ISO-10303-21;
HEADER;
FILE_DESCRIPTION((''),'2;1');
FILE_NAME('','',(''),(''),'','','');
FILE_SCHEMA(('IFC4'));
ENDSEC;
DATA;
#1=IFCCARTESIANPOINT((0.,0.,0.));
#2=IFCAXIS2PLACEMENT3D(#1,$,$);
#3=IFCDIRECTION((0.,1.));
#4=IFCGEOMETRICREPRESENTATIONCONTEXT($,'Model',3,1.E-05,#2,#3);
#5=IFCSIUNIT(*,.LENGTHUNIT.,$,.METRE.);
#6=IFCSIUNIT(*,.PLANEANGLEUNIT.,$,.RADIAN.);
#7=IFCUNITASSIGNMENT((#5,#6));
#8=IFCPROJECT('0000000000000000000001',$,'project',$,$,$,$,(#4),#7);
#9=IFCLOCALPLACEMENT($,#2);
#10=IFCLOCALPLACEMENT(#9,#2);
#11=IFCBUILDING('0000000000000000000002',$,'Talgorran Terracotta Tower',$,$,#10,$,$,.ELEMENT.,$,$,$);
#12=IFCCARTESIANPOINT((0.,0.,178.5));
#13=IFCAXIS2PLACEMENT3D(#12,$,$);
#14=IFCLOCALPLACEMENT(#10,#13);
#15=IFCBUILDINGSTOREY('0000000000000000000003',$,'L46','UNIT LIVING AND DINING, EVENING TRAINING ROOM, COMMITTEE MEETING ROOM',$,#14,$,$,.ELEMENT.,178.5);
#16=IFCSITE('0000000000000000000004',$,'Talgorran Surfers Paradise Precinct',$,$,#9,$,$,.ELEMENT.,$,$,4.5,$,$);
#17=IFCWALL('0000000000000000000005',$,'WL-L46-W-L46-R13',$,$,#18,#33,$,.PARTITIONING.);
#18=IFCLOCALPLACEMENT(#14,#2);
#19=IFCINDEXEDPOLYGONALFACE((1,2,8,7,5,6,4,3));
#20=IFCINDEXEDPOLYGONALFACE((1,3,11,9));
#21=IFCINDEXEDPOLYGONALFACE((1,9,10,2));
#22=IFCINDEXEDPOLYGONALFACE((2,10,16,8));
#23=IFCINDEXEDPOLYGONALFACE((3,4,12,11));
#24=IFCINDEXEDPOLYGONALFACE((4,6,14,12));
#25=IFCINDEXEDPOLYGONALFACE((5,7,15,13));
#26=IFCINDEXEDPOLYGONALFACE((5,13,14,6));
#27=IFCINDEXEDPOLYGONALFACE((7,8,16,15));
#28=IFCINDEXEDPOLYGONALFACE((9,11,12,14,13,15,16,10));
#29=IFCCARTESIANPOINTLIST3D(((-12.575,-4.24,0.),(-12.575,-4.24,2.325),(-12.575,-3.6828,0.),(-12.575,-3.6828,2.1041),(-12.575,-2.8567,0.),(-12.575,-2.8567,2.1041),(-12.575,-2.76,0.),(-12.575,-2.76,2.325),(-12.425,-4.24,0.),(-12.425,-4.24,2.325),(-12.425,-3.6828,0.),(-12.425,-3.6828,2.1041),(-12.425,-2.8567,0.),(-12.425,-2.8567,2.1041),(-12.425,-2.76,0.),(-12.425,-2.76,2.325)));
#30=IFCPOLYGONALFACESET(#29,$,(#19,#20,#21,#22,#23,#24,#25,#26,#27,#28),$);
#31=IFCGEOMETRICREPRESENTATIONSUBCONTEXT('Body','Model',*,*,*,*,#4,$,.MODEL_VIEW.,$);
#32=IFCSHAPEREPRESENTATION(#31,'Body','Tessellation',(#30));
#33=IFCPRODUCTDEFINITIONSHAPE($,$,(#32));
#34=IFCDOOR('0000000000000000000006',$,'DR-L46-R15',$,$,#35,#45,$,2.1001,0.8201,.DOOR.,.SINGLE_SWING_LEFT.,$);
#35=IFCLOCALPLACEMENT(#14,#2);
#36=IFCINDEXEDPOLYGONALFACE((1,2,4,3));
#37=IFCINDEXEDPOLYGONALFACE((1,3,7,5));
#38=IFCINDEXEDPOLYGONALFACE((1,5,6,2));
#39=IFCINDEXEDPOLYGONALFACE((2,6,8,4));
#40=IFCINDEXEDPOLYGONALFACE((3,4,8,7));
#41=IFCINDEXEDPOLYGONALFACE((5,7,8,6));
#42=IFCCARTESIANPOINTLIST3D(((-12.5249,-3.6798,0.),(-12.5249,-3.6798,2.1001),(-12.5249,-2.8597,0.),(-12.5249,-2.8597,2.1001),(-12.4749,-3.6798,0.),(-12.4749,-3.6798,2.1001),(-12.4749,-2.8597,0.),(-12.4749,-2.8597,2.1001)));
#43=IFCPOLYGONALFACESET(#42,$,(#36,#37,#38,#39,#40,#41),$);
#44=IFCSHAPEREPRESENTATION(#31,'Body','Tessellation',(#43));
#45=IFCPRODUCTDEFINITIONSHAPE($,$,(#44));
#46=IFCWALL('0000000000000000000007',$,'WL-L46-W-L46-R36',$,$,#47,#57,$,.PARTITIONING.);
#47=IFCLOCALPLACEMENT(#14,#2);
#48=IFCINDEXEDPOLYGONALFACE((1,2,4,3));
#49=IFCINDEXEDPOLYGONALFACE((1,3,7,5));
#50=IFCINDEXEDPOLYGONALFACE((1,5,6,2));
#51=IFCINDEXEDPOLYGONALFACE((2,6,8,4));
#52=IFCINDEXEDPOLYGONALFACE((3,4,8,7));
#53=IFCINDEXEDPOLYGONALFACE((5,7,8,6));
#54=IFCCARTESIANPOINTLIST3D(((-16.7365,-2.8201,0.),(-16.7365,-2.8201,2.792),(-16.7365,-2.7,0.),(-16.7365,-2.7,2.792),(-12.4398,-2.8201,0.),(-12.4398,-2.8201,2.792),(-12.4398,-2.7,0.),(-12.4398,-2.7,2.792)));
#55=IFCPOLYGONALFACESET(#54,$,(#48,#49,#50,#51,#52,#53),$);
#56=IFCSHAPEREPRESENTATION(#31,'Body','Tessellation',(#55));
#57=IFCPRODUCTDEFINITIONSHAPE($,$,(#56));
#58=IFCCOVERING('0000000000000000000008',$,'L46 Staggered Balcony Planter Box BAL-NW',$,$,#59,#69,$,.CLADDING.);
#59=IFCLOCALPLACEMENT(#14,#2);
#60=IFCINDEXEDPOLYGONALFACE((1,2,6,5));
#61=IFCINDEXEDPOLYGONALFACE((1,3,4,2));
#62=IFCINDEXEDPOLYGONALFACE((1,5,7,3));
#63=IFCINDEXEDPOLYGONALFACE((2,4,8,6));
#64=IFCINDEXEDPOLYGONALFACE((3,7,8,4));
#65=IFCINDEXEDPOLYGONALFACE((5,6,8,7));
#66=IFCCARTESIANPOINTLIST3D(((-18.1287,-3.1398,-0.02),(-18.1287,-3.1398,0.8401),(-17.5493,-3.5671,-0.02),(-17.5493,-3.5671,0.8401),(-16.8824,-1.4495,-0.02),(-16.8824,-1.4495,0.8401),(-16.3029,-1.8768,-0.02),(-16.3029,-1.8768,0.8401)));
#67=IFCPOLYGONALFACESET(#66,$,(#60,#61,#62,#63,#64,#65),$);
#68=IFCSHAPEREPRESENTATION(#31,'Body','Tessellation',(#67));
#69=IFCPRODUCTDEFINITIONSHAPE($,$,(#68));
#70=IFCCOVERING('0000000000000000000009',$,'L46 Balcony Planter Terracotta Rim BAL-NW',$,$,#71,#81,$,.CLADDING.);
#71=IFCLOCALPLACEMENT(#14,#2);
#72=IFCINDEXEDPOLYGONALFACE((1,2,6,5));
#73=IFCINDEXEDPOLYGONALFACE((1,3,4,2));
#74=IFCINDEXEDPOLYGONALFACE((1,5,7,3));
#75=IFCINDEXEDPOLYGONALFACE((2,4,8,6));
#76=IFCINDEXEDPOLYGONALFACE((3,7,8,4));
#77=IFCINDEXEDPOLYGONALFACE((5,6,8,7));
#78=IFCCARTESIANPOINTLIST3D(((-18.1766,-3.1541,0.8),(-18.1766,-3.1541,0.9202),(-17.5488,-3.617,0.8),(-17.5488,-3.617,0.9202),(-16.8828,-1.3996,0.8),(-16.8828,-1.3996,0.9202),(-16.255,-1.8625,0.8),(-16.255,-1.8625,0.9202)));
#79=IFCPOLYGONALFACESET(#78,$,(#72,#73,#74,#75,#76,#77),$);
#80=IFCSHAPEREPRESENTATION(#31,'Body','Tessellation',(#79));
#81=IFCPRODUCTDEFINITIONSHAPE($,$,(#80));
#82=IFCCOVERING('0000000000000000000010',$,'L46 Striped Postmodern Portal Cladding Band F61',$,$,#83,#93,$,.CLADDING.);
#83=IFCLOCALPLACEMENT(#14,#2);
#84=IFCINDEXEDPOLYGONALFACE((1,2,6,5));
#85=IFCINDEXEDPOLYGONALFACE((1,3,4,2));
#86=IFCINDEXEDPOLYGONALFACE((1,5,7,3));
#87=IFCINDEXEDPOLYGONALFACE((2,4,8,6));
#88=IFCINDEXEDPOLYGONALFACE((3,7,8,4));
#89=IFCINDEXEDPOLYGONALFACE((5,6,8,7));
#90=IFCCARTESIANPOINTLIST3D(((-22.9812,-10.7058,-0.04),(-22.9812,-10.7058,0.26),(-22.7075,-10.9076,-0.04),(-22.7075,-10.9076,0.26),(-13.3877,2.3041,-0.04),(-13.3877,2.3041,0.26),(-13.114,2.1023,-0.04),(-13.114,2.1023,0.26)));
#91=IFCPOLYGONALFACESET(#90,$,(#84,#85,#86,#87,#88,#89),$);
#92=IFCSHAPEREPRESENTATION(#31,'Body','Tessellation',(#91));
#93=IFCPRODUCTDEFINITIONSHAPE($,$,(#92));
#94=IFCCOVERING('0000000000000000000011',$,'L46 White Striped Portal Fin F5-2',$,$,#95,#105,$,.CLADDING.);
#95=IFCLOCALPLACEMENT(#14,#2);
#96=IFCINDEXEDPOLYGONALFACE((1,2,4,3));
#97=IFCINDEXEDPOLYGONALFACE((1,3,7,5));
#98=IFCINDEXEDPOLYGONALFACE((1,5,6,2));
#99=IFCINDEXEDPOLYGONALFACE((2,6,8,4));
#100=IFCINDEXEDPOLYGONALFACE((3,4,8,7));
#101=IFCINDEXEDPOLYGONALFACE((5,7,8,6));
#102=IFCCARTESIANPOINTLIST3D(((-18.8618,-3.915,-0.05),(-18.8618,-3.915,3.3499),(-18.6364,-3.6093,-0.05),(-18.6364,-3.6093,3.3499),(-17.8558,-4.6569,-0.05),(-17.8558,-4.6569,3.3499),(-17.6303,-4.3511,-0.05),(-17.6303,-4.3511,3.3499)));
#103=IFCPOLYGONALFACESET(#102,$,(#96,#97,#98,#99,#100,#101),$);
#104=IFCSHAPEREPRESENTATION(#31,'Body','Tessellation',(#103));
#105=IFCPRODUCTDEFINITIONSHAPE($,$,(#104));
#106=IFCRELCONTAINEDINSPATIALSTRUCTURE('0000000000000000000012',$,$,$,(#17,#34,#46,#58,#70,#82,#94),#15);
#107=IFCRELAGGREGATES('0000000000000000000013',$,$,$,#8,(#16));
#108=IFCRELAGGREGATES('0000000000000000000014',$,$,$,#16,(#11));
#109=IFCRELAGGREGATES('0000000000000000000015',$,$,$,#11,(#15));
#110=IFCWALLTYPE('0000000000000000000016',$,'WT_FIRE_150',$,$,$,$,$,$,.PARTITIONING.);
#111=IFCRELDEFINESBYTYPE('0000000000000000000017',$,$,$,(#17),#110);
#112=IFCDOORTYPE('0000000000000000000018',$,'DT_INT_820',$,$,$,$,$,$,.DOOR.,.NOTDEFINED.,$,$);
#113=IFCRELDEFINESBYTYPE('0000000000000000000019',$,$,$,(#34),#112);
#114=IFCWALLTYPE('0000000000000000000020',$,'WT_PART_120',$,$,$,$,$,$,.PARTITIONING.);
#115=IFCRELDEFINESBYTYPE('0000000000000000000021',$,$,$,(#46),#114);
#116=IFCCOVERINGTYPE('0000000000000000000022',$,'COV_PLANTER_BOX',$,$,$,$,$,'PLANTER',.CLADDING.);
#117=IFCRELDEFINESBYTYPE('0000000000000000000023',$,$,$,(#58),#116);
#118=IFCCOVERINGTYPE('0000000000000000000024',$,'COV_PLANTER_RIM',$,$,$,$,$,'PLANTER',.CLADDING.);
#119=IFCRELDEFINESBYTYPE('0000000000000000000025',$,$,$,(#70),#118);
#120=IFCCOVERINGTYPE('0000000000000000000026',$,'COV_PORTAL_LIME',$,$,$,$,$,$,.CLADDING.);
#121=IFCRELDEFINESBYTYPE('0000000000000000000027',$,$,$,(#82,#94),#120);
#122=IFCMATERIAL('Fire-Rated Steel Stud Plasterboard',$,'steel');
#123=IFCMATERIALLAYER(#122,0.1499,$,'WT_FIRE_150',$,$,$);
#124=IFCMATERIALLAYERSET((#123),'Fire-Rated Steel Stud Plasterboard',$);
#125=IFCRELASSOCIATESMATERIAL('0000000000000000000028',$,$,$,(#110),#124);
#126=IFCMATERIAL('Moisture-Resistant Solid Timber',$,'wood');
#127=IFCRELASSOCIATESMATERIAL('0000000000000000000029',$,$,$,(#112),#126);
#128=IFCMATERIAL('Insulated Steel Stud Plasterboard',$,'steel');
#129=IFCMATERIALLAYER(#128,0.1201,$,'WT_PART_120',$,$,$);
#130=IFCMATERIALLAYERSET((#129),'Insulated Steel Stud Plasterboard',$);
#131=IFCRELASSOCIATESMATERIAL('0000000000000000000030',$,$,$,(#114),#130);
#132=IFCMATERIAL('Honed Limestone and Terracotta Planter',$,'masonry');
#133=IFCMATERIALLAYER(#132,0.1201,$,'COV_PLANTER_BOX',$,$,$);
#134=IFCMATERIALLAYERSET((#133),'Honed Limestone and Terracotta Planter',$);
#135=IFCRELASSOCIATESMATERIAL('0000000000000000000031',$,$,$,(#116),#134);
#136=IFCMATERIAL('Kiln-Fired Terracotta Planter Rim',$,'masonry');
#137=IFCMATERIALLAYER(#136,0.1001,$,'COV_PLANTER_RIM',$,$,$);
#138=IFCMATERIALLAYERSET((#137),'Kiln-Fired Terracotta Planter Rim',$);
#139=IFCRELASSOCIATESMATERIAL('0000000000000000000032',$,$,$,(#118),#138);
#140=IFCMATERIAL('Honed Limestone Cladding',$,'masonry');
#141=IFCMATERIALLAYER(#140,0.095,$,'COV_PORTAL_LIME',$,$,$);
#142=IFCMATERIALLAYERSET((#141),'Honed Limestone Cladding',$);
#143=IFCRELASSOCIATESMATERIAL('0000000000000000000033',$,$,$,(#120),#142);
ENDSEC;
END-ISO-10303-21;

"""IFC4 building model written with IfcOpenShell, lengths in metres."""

from ifc_helpers import new_model, si_unit, direction, frame, frame_2d, origin, origin_2d, place, context, subcontext, project, spatial, rectangle, extrude, material, layer, layer_set, type_object, element, fill, save


model = new_model("IFC4")

# Units and contexts
model_context = context("Model", 3, precision=1e-05, world=origin(), true_north=direction((0.0, 1.0)))
body_context = subcontext(model_context, "Body", "Model", "MODEL_VIEW")
ifc_project = project(units=[si_unit("LENGTHUNIT", "METRE"), si_unit("PLANEANGLEUNIT", "RADIAN")], contexts=[model_context])

# Site, building, storey
site_placement = place(None, origin())
site = spatial("IfcSite", under=ifc_project, at=site_placement, Name="Talgorran Surfers Paradise Precinct", CompositionType="ELEMENT", RefElevation=4.5)
building_placement = place(site_placement, origin())
building = spatial("IfcBuilding", under=site, at=building_placement, Name="Talgorran Terracotta Tower", CompositionType="ELEMENT")
storey_placement = place(building_placement, frame((0.0, 0.0, 178.5)))
storey = spatial("IfcBuildingStorey", under=building, at=storey_placement, Name="L46", Description="UNIT LIVING AND DINING, EVENING TRAINING ROOM, COMMITTEE MEETING ROOM", CompositionType="ELEMENT", Elevation=178.5)

# Wall, opening, door
ifc_material_1 = material(Name="Fire-Rated Steel Stud Plasterboard", Category="steel")
ifc_layer_1 = layer(ifc_material_1, 0.1499, Name="WT_FIRE_150")
ifc_layer_set_1 = layer_set([ifc_layer_1], Name="Fire-Rated Steel Stud Plasterboard")
wall_type_1 = type_object("IfcWallType", Name="WT_FIRE_150", PredefinedType="PARTITIONING", material=ifc_layer_set_1)
wall_1_placement = place(storey_placement, frame((-12.5, -4.24, 0.0), z_axis=(0.0, 0.0, 1.0), x_axis=(0.0, 1.0, 0.0)))
wall_1 = element("IfcWall", 1, at=wall_1_placement, inside=storey, type_object=wall_type_1, Name="WL-L46-W-L46-R13", PredefinedType="PARTITIONING", context=body_context, shape_type="SweptSolid", body=[
    extrude(rectangle(XDim=1.48, YDim=0.1499, at=frame_2d((0.74, 0.0))), origin(), (0.0, 0.0, 1.0), 2.325),
])
opening_1_placement = place(wall_1_placement, frame((0.5601, 0.0, 0.0)))
opening_1 = element("IfcOpeningElement", 2, at=opening_1_placement, cuts=wall_1, PredefinedType="OPENING", context=body_context, shape_type="SweptSolid", body=[
    extrude(rectangle(XDim=0.8261, YDim=2.1041, at=frame_2d((0.4102, 1.052))), frame((0.0, 0.085, 0.0), z_axis=(0.0, -1.0, 0.0), x_axis=(1.0, 0.0, 0.0)), (0.0, 0.0, 1.0), 0.1699),
])
ifc_material_2 = material(Name="Moisture-Resistant Solid Timber", Category="wood")
door_type_1 = type_object("IfcDoorType", Name="DT_INT_820", OperationType="NOTDEFINED", PredefinedType="DOOR", material=ifc_material_2)
door_1_placement = place(opening_1_placement, origin())
door_1 = element("IfcDoor", 3, at=door_1_placement, inside=storey, type_object=door_type_1, Name="DR-L46-R15", OperationType="SINGLE_SWING_LEFT", OverallHeight=2.1001, OverallWidth=0.8201, PredefinedType="DOOR", context=body_context, shape_type="SweptSolid", body=[
    extrude(rectangle(XDim=0.8201, YDim=2.1001, at=frame_2d((0.4102, 1.05))), frame((0.0, 0.0249, 0.0), z_axis=(0.0, -1.0, 0.0), x_axis=(1.0, 0.0, 0.0)), (0.0, 0.0, 1.0), 0.05),
])
fill(opening_1, door_1)

# Wall
ifc_material_3 = material(Name="Insulated Steel Stud Plasterboard", Category="steel")
ifc_layer_2 = layer(ifc_material_3, 0.1201, Name="WT_PART_120")
ifc_layer_set_2 = layer_set([ifc_layer_2], Name="Insulated Steel Stud Plasterboard")
wall_type_2 = type_object("IfcWallType", Name="WT_PART_120", PredefinedType="PARTITIONING", material=ifc_layer_set_2)
wall_2_placement = place(storey_placement, frame((-16.7366, -2.76, 0.0), z_axis=(0.0, 0.0, 1.0), x_axis=(1.0, 0.0, 0.0)))
element("IfcWall", 4, at=wall_2_placement, inside=storey, type_object=wall_type_2, Name="WL-L46-W-L46-R36", PredefinedType="PARTITIONING", context=body_context, shape_type="SweptSolid", body=[
    extrude(rectangle(XDim=4.2966, YDim=0.1201, at=frame_2d((2.1484, 0.0))), origin(), (0.0, 0.0, 1.0), 2.792),
])

# Coverings
ifc_material_4 = material(Name="Honed Limestone and Terracotta Planter", Category="masonry")
ifc_layer_3 = layer(ifc_material_4, 0.1201, Name="COV_PLANTER_BOX")
ifc_layer_set_3 = layer_set([ifc_layer_3], Name="Honed Limestone and Terracotta Planter")
covering_type_1 = type_object("IfcCoveringType", Name="COV_PLANTER_BOX", ElementType="PLANTER", PredefinedType="CLADDING", material=ifc_layer_set_3)
covering_1_placement = place(storey_placement, frame((-17.2158, -2.5083, -0.02), z_axis=(0.0, 0.0, 1.0), x_axis=(-0.593489, -0.804842, 0.0)))
element("IfcCovering", 5, at=covering_1_placement, inside=storey, type_object=covering_type_1, Name="L46 Staggered Balcony Planter Box BAL-NW", PredefinedType="CLADDING", context=body_context, shape_type="SweptSolid", body=[
    extrude(rectangle(XDim=2.1001, YDim=0.72, at=origin_2d()), origin(), (0.0, 0.0, 1.0), 0.8601),
])
ifc_material_5 = material(Name="Kiln-Fired Terracotta Planter Rim", Category="masonry")
ifc_layer_4 = layer(ifc_material_5, 0.1001, Name="COV_PLANTER_RIM")
ifc_layer_set_4 = layer_set([ifc_layer_4], Name="Kiln-Fired Terracotta Planter Rim")
covering_type_2 = type_object("IfcCoveringType", Name="COV_PLANTER_RIM", ElementType="PLANTER", PredefinedType="CLADDING", material=ifc_layer_set_4)
covering_2_placement = place(storey_placement, frame((-17.2158, -2.5083, 0.8), z_axis=(0.0, 0.0, 1.0), x_axis=(-0.593489, -0.804842, 0.0)))
element("IfcCovering", 6, at=covering_2_placement, inside=storey, type_object=covering_type_2, Name="L46 Balcony Planter Terracotta Rim BAL-NW", PredefinedType="CLADDING", context=body_context, shape_type="SweptSolid", body=[
    extrude(rectangle(XDim=2.1799, YDim=0.78, at=origin_2d()), origin(), (0.0, 0.0, 1.0), 0.1201),
])
ifc_material_6 = material(Name="Honed Limestone Cladding", Category="masonry")
ifc_layer_5 = layer(ifc_material_6, 0.095, Name="COV_PORTAL_LIME")
ifc_layer_set_5 = layer_set([ifc_layer_5], Name="Honed Limestone Cladding")
covering_type_3 = type_object("IfcCoveringType", Name="COV_PORTAL_LIME", PredefinedType="CLADDING", material=ifc_layer_set_5)
covering_3_placement = place(storey_placement, frame((-18.0476, -4.3018, -0.04), z_axis=(0.0, 0.0, 1.0), x_axis=(-0.593489, -0.804842, 0.0)))
element("IfcCovering", 7, at=covering_3_placement, inside=storey, type_object=covering_type_3, Name="L46 Striped Postmodern Portal Cladding Band F61", PredefinedType="CLADDING", context=body_context, shape_type="SweptSolid", body=[
    extrude(rectangle(XDim=16.1646, YDim=0.3401, at=origin_2d()), origin(), (0.0, 0.0, 1.0), 0.3),
])
covering_4_placement = place(storey_placement, frame((-18.2461, -4.1331, -0.05), z_axis=(0.0, 0.0, 1.0), x_axis=(-0.593489, -0.804842, 0.0)))
element("IfcCovering", 8, at=covering_4_placement, inside=storey, type_object=covering_type_3, Name="L46 White Striped Portal Fin F5-2", PredefinedType="CLADDING", context=body_context, shape_type="SweptSolid", body=[
    extrude(rectangle(XDim=0.3799, YDim=1.25, at=origin_2d()), origin(), (0.0, 0.0, 1.0), 3.3999),
])

save(model, "model.ifc")
